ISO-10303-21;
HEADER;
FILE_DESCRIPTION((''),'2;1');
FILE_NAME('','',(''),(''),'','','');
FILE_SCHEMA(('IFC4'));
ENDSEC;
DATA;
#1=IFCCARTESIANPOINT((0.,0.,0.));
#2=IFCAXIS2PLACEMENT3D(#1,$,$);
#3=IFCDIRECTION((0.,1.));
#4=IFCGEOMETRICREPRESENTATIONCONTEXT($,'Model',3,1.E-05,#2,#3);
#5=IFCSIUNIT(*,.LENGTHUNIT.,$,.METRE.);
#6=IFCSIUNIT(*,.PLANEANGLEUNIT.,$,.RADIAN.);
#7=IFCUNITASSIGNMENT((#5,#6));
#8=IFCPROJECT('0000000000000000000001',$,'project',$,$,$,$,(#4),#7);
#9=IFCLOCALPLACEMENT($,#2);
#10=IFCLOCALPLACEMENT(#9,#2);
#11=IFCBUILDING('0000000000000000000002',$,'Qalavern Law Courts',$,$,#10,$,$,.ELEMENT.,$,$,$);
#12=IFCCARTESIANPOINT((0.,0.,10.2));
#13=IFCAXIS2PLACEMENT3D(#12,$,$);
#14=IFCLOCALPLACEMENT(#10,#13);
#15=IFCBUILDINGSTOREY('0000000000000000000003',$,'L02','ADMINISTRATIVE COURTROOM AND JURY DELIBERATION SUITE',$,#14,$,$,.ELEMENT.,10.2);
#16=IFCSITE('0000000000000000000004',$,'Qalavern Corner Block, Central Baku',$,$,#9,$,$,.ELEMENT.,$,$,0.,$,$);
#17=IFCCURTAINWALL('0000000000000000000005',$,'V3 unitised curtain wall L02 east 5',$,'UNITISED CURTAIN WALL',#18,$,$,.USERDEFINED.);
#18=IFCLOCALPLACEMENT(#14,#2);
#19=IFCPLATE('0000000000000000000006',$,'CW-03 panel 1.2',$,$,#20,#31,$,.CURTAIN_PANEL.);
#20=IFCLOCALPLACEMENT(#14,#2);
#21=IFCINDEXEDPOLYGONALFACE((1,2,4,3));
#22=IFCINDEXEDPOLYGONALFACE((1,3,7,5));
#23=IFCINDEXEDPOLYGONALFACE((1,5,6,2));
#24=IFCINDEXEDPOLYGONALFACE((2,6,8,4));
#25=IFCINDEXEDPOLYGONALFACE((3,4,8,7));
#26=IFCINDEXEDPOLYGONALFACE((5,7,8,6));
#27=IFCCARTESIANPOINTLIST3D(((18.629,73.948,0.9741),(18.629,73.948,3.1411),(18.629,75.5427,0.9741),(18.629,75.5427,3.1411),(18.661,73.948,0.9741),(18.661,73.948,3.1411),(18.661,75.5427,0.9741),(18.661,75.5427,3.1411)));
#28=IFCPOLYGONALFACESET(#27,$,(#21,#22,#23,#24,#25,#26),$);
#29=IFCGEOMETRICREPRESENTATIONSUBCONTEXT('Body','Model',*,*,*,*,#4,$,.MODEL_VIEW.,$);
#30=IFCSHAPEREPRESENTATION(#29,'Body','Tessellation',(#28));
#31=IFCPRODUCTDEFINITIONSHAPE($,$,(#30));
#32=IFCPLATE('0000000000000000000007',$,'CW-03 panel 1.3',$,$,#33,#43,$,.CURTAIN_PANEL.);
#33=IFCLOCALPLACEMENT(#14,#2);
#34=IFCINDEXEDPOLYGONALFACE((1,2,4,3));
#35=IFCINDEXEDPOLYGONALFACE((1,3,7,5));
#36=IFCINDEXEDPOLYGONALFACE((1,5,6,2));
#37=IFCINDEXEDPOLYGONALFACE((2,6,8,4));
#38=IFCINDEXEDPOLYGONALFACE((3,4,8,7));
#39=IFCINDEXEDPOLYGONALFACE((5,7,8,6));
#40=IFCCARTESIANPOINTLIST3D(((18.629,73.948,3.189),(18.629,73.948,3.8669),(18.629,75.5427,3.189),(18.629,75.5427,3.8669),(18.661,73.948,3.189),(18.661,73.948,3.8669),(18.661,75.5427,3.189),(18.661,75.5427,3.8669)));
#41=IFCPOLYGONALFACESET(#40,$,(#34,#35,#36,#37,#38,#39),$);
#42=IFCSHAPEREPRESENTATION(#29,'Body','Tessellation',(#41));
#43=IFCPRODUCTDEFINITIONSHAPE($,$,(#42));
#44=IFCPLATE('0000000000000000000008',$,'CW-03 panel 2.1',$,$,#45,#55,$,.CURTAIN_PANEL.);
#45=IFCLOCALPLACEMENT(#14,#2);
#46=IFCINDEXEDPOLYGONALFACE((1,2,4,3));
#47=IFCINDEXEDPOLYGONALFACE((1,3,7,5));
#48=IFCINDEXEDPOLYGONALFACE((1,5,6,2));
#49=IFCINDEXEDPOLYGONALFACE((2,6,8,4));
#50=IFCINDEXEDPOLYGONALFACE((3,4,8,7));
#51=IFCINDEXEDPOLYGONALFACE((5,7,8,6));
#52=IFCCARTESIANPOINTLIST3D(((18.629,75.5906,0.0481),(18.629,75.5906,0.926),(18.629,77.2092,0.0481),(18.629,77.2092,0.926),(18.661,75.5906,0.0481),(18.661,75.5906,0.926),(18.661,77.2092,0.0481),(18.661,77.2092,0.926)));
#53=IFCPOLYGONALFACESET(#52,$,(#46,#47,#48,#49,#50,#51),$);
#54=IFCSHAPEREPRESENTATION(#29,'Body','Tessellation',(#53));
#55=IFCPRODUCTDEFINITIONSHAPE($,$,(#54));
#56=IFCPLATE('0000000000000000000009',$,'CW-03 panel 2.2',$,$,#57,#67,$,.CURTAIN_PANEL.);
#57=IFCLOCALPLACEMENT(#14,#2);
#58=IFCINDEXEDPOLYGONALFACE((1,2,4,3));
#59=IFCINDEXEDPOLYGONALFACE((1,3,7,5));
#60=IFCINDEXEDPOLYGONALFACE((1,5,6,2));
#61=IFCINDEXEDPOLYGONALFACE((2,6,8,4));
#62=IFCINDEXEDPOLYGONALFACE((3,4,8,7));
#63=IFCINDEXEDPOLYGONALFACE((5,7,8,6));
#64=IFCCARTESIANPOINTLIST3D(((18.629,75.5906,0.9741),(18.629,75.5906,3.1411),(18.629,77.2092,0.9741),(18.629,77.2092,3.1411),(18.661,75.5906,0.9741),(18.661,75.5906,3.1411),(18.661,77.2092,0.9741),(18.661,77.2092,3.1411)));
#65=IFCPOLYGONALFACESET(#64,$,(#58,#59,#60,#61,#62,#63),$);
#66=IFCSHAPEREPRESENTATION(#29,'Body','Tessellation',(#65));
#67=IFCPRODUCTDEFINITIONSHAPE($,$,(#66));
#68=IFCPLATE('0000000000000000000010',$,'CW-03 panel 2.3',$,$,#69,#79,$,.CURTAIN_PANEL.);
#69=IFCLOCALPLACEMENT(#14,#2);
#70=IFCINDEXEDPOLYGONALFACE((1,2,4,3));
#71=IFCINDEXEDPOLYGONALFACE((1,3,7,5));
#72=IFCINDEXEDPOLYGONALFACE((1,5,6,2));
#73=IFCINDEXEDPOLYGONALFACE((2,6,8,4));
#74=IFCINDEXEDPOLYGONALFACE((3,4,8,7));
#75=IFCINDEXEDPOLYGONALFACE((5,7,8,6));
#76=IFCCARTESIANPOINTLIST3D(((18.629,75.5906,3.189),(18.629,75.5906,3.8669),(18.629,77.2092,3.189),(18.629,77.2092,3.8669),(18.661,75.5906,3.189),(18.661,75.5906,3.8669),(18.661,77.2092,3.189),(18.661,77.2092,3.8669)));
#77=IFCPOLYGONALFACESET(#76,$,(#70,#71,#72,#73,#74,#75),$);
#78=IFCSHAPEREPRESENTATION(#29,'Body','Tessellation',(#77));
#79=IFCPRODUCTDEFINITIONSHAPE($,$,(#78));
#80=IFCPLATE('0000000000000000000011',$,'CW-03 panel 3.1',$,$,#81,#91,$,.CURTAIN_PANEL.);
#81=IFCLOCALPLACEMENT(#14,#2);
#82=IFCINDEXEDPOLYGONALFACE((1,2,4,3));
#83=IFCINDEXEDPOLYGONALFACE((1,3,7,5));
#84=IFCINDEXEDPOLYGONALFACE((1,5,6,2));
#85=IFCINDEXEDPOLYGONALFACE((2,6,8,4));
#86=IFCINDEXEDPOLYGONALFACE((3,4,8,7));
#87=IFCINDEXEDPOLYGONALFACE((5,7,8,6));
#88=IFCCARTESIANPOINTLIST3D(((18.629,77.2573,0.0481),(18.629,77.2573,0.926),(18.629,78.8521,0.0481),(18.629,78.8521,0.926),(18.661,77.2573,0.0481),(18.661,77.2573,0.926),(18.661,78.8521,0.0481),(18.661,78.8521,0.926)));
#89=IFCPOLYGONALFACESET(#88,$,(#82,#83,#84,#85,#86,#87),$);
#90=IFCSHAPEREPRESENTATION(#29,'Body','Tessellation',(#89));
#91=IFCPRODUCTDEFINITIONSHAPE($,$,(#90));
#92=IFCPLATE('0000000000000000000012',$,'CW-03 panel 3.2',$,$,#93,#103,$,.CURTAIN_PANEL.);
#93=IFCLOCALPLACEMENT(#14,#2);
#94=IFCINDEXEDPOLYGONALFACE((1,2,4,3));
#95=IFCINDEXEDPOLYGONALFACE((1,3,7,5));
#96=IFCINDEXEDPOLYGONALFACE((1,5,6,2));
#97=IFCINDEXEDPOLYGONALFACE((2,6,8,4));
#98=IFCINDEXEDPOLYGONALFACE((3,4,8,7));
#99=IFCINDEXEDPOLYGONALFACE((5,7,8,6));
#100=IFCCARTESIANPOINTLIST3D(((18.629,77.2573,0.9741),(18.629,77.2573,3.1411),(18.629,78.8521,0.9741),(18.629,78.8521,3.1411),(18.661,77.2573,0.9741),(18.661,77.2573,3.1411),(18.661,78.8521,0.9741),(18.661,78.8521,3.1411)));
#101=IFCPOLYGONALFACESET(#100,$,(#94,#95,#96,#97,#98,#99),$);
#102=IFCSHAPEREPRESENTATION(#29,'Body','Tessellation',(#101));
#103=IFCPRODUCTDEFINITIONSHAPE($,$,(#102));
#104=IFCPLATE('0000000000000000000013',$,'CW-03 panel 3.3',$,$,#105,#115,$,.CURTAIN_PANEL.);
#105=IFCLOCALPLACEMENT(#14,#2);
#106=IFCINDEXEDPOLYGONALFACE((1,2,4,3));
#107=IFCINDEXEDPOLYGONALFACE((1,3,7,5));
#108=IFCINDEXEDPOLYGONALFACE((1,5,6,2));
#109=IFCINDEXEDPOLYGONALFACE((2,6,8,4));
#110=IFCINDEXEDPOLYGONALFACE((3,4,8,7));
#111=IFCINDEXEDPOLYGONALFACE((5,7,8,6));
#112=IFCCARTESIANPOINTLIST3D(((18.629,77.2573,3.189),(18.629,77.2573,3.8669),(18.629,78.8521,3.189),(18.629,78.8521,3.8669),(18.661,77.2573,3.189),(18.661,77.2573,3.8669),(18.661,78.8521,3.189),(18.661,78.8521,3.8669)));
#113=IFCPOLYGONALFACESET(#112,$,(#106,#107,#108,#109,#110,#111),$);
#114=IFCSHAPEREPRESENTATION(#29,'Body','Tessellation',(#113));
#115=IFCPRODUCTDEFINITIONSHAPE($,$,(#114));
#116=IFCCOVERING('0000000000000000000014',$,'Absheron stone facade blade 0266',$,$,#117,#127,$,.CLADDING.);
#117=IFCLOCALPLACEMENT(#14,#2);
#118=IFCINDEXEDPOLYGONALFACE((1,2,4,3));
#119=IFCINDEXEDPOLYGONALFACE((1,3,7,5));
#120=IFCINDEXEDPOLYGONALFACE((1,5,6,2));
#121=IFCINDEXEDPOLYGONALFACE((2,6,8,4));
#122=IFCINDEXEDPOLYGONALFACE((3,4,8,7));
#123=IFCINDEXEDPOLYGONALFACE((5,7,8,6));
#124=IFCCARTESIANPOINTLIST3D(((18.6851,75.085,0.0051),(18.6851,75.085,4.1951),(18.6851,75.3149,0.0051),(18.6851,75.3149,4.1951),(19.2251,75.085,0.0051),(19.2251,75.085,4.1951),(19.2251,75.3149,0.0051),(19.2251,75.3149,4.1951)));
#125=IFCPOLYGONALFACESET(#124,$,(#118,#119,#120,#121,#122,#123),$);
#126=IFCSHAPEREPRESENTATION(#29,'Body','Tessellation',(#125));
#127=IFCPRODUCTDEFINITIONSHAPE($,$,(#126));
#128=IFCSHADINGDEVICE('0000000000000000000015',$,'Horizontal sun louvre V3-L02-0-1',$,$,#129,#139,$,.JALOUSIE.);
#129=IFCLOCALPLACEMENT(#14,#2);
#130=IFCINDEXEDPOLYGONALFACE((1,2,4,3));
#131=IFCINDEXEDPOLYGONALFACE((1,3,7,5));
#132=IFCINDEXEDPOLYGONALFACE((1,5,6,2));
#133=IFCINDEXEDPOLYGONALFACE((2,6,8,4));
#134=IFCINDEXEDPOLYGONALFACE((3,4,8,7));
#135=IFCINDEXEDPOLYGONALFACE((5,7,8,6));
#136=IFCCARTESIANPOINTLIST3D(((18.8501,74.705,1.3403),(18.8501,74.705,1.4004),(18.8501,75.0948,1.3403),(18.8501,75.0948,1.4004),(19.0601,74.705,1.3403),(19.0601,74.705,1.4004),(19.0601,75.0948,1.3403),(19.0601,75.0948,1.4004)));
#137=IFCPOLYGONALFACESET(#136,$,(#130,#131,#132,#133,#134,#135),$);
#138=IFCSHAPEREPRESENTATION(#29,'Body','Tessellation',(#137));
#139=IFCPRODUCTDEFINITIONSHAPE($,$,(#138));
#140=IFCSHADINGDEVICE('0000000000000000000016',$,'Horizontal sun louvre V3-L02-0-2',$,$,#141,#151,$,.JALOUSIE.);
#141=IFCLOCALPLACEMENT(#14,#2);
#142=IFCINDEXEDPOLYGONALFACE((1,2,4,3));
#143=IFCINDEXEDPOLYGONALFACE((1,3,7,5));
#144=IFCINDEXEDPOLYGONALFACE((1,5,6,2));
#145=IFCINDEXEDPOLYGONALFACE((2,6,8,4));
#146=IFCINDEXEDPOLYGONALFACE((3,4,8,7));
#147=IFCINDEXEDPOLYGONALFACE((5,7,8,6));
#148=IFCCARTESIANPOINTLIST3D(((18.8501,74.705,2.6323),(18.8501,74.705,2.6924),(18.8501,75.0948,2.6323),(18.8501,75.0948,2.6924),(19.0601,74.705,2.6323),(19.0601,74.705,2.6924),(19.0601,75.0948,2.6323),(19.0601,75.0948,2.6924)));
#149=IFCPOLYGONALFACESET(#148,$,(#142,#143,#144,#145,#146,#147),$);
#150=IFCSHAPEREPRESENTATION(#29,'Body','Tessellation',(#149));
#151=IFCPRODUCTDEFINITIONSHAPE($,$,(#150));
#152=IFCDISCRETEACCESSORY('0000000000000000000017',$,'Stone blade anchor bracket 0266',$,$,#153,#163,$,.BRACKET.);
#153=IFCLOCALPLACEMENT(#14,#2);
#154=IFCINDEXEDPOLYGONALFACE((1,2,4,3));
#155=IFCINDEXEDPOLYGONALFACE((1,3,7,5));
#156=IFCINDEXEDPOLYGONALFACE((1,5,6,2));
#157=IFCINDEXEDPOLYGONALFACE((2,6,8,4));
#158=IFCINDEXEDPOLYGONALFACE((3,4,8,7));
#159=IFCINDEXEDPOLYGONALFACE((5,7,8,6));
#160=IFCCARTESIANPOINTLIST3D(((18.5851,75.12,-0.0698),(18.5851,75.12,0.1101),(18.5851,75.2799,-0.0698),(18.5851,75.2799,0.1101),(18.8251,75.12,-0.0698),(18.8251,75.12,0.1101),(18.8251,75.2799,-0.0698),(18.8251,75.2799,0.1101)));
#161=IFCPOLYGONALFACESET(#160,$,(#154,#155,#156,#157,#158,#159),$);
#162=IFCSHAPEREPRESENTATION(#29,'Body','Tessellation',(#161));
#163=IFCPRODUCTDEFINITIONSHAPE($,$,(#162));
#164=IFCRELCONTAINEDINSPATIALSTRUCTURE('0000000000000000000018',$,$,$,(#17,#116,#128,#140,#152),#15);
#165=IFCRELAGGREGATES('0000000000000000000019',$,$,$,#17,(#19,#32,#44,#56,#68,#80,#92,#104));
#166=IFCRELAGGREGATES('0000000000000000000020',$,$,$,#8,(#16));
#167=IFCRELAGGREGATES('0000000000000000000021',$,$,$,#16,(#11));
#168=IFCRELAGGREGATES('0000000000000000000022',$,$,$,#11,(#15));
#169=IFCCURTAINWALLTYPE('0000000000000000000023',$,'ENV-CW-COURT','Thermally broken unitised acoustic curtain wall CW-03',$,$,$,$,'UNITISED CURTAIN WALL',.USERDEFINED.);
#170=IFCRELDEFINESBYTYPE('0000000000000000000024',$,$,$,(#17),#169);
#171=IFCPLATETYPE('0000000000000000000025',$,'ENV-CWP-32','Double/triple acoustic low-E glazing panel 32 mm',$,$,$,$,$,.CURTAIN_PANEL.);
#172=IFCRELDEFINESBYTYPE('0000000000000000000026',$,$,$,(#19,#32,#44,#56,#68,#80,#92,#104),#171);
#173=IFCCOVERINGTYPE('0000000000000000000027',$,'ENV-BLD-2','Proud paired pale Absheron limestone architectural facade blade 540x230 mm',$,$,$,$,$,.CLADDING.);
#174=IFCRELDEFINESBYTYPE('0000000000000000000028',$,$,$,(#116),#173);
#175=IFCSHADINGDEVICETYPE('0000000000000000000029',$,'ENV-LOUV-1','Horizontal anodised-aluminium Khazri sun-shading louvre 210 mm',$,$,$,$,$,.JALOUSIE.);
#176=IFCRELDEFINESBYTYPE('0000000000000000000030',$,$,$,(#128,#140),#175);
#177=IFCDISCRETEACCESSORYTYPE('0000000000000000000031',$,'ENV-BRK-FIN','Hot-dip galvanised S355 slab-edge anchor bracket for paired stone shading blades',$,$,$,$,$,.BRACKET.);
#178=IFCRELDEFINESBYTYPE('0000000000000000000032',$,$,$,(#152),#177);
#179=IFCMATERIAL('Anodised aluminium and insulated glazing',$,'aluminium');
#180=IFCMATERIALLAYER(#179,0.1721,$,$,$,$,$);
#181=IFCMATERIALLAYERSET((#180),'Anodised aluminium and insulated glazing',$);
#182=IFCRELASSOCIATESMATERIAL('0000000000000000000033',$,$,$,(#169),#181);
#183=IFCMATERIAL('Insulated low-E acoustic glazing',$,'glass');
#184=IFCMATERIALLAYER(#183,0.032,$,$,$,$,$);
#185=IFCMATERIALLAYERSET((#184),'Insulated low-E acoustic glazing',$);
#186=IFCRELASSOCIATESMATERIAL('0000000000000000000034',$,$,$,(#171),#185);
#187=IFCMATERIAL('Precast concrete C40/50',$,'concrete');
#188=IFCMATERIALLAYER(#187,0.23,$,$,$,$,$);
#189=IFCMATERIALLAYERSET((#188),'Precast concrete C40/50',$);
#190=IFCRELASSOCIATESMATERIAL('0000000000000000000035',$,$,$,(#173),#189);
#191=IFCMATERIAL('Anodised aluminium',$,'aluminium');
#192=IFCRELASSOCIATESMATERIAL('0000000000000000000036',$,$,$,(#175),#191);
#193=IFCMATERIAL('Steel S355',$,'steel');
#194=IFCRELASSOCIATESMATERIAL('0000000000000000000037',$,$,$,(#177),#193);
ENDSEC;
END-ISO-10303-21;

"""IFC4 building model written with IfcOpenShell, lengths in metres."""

from ifc_helpers import new_model, si_unit, direction, frame, origin, origin_2d, place, context, subcontext, project, spatial, rectangle, extrude, material, layer, layer_set, type_object, element, aggregate, save


model = new_model("IFC4")

# Units and contexts
model_context = context("Model", 3, precision=1e-05, world=origin(), true_north=direction((0.0, 1.0)))
body_context = subcontext(model_context, "Body", "Model", "MODEL_VIEW")
ifc_project = project(units=[si_unit("LENGTHUNIT", "METRE"), si_unit("PLANEANGLEUNIT", "RADIAN")], contexts=[model_context])

# Site, building, storey
site_placement = place(None, origin())
site = spatial("IfcSite", under=ifc_project, at=site_placement, Name="Qalavern Corner Block, Central Baku", CompositionType="ELEMENT", RefElevation=0.0)
building_placement = place(site_placement, origin())
building = spatial("IfcBuilding", under=site, at=building_placement, Name="Qalavern Law Courts", CompositionType="ELEMENT")
storey_placement = place(building_placement, frame((0.0, 0.0, 10.2)))
storey = spatial("IfcBuildingStorey", under=building, at=storey_placement, Name="L02", Description="ADMINISTRATIVE COURTROOM AND JURY DELIBERATION SUITE", CompositionType="ELEMENT", Elevation=10.2)

# Curtain wall, plates
ifc_material_1 = material(Name="Anodised aluminium and insulated glazing", Category="aluminium")
ifc_layer_1 = layer(ifc_material_1, 0.1721)
ifc_layer_set_1 = layer_set([ifc_layer_1], Name="Anodised aluminium and insulated glazing")
curtain_wall_type = type_object("IfcCurtainWallType", Name="ENV-CW-COURT", Description="Thermally broken unitised acoustic curtain wall CW-03", ElementType="UNITISED CURTAIN WALL", PredefinedType="USERDEFINED", material=ifc_layer_set_1)
curtain_wall_placement = place(storey_placement, origin())
curtain_wall = element("IfcCurtainWall", 1, at=curtain_wall_placement, inside=storey, type_object=curtain_wall_type, Name="V3 unitised curtain wall L02 east 5", ObjectType="UNITISED CURTAIN WALL", PredefinedType="USERDEFINED")
ifc_material_2 = material(Name="Anodised aluminium", Category="aluminium")
ifc_material_3 = material(Name="Insulated low-E acoustic glazing", Category="glass")
ifc_layer_2 = layer(ifc_material_3, 0.032)
ifc_layer_set_2 = layer_set([ifc_layer_2], Name="Insulated low-E acoustic glazing")
plate_type = type_object("IfcPlateType", Name="ENV-CWP-32", Description="Double/triple acoustic low-E glazing panel 32 mm", PredefinedType="CURTAIN_PANEL", material=ifc_layer_set_2)
plate_1_placement = place(storey_placement, frame((18.645, 74.7454, 0.9741), z_axis=(0.0, 0.0, 1.0), x_axis=(0.0, 1.0, 0.0)))
plate_1 = element("IfcPlate", 2, at=plate_1_placement, type_object=plate_type, Name="CW-03 panel 1.2", PredefinedType="CURTAIN_PANEL", context=body_context, shape_type="SweptSolid", body=[
    extrude(rectangle(XDim=1.5947, YDim=0.032, at=origin_2d()), origin(), (0.0, 0.0, 1.0), 2.167),
])
plate_2_placement = place(storey_placement, frame((18.645, 74.7454, 3.189), z_axis=(0.0, 0.0, 1.0), x_axis=(0.0, 1.0, 0.0)))
plate_2 = element("IfcPlate", 3, at=plate_2_placement, type_object=plate_type, Name="CW-03 panel 1.3", PredefinedType="CURTAIN_PANEL", context=body_context, shape_type="SweptSolid", body=[
    extrude(rectangle(XDim=1.5947, YDim=0.032, at=origin_2d()), origin(), (0.0, 0.0, 1.0), 0.678),
])
plate_3_placement = place(storey_placement, frame((18.645, 76.3999, 0.0481), z_axis=(0.0, 0.0, 1.0), x_axis=(0.0, 1.0, 0.0)))
plate_3 = element("IfcPlate", 4, at=plate_3_placement, type_object=plate_type, Name="CW-03 panel 2.1", PredefinedType="CURTAIN_PANEL", context=body_context, shape_type="SweptSolid", body=[
    extrude(rectangle(XDim=1.6187, YDim=0.032, at=origin_2d()), origin(), (0.0, 0.0, 1.0), 0.8779),
])
plate_4_placement = place(storey_placement, frame((18.645, 76.3999, 0.9741), z_axis=(0.0, 0.0, 1.0), x_axis=(0.0, 1.0, 0.0)))
plate_4 = element("IfcPlate", 5, at=plate_4_placement, type_object=plate_type, Name="CW-03 panel 2.2", PredefinedType="CURTAIN_PANEL", context=body_context, shape_type="SweptSolid", body=[
    extrude(rectangle(XDim=1.6187, YDim=0.032, at=origin_2d()), origin(), (0.0, 0.0, 1.0), 2.167),
])
plate_5_placement = place(storey_placement, frame((18.645, 76.3999, 3.189), z_axis=(0.0, 0.0, 1.0), x_axis=(0.0, 1.0, 0.0)))
plate_5 = element("IfcPlate", 6, at=plate_5_placement, type_object=plate_type, Name="CW-03 panel 2.3", PredefinedType="CURTAIN_PANEL", context=body_context, shape_type="SweptSolid", body=[
    extrude(rectangle(XDim=1.6187, YDim=0.032, at=origin_2d()), origin(), (0.0, 0.0, 1.0), 0.678),
])
plate_6_placement = place(storey_placement, frame((18.645, 78.0547, 0.0481), z_axis=(0.0, 0.0, 1.0), x_axis=(0.0, 1.0, 0.0)))
plate_6 = element("IfcPlate", 7, at=plate_6_placement, type_object=plate_type, Name="CW-03 panel 3.1", PredefinedType="CURTAIN_PANEL", context=body_context, shape_type="SweptSolid", body=[
    extrude(rectangle(XDim=1.5947, YDim=0.032, at=origin_2d()), origin(), (0.0, 0.0, 1.0), 0.8779),
])
plate_7_placement = place(storey_placement, frame((18.645, 78.0547, 0.9741), z_axis=(0.0, 0.0, 1.0), x_axis=(0.0, 1.0, 0.0)))
plate_7 = element("IfcPlate", 8, at=plate_7_placement, type_object=plate_type, Name="CW-03 panel 3.2", PredefinedType="CURTAIN_PANEL", context=body_context, shape_type="SweptSolid", body=[
    extrude(rectangle(XDim=1.5947, YDim=0.032, at=origin_2d()), origin(), (0.0, 0.0, 1.0), 2.167),
])
plate_8_placement = place(storey_placement, frame((18.645, 78.0547, 3.189), z_axis=(0.0, 0.0, 1.0), x_axis=(0.0, 1.0, 0.0)))
plate_8 = element("IfcPlate", 9, at=plate_8_placement, type_object=plate_type, Name="CW-03 panel 3.3", PredefinedType="CURTAIN_PANEL", context=body_context, shape_type="SweptSolid", body=[
    extrude(rectangle(XDim=1.5947, YDim=0.032, at=origin_2d()), origin(), (0.0, 0.0, 1.0), 0.678),
])
aggregate(curtain_wall, [plate_1, plate_2, plate_3, plate_4, plate_5, plate_6, plate_7, plate_8])

# Covering
ifc_material_4 = material(Name="Precast concrete C40/50", Category="concrete")
ifc_layer_3 = layer(ifc_material_4, 0.23)
ifc_layer_set_3 = layer_set([ifc_layer_3], Name="Precast concrete C40/50")
covering_type = type_object("IfcCoveringType", Name="ENV-BLD-2", Description="Proud paired pale Absheron limestone architectural facade blade 540x230 mm", PredefinedType="CLADDING", material=ifc_layer_set_3)
covering_placement = place(storey_placement, frame((18.9551, 75.2, 0.0051), z_axis=(0.0, 0.0, 1.0), x_axis=(1.0, 0.0, 0.0)))
element("IfcCovering", 10, at=covering_placement, inside=storey, type_object=covering_type, Name="Absheron stone facade blade 0266", PredefinedType="CLADDING", context=body_context, shape_type="SweptSolid", body=[
    extrude(rectangle(XDim=0.54, YDim=0.23, at=origin_2d()), origin(), (0.0, 0.0, 1.0), 4.1899),
])

# Shading devices
shading_device_type = type_object("IfcShadingDeviceType", Name="ENV-LOUV-1", Description="Horizontal anodised-aluminium Khazri sun-shading louvre 210 mm", PredefinedType="JALOUSIE", material=ifc_material_2)
for number, where, z_axis, x_axis, name in (
    (11, (18.9551, 74.8999, 1.3403), (0.0, 0.0, 1.0), (0.0, 1.0, 0.0), "Horizontal sun louvre V3-L02-0-1"),
    (12, (18.9551, 74.8999, 2.6323), (0.0, 0.0, 1.0), (0.0, 1.0, 0.0), "Horizontal sun louvre V3-L02-0-2"),
):
    element("IfcShadingDevice", number, at=place(storey_placement, frame(where, z_axis=z_axis, x_axis=x_axis)), inside=storey, type_object=shading_device_type, Name=name, PredefinedType="JALOUSIE", context=body_context, shape_type="SweptSolid", body=[
        extrude(rectangle(XDim=0.3899, YDim=0.21, at=origin_2d()), origin(), (0.0, 0.0, 1.0), 0.0601),
    ])

# Discrete accessory
ifc_material_5 = material(Name="Steel S355", Category="steel")
discrete_accessory_type = type_object("IfcDiscreteAccessoryType", Name="ENV-BRK-FIN", Description="Hot-dip galvanised S355 slab-edge anchor bracket for paired stone shading blades", PredefinedType="BRACKET", material=ifc_material_5)
discrete_accessory_placement = place(storey_placement, frame((18.7051, 75.2, -0.0698), z_axis=(0.0, 0.0, 1.0), x_axis=(1.0, 0.0, 0.0)))
element("IfcDiscreteAccessory", 13, at=discrete_accessory_placement, inside=storey, type_object=discrete_accessory_type, Name="Stone blade anchor bracket 0266", PredefinedType="BRACKET", context=body_context, shape_type="SweptSolid", body=[
    extrude(rectangle(XDim=0.24, YDim=0.1599, at=origin_2d()), origin(), (0.0, 0.0, 1.0), 0.1799),
])

save(model, "model.ifc")
